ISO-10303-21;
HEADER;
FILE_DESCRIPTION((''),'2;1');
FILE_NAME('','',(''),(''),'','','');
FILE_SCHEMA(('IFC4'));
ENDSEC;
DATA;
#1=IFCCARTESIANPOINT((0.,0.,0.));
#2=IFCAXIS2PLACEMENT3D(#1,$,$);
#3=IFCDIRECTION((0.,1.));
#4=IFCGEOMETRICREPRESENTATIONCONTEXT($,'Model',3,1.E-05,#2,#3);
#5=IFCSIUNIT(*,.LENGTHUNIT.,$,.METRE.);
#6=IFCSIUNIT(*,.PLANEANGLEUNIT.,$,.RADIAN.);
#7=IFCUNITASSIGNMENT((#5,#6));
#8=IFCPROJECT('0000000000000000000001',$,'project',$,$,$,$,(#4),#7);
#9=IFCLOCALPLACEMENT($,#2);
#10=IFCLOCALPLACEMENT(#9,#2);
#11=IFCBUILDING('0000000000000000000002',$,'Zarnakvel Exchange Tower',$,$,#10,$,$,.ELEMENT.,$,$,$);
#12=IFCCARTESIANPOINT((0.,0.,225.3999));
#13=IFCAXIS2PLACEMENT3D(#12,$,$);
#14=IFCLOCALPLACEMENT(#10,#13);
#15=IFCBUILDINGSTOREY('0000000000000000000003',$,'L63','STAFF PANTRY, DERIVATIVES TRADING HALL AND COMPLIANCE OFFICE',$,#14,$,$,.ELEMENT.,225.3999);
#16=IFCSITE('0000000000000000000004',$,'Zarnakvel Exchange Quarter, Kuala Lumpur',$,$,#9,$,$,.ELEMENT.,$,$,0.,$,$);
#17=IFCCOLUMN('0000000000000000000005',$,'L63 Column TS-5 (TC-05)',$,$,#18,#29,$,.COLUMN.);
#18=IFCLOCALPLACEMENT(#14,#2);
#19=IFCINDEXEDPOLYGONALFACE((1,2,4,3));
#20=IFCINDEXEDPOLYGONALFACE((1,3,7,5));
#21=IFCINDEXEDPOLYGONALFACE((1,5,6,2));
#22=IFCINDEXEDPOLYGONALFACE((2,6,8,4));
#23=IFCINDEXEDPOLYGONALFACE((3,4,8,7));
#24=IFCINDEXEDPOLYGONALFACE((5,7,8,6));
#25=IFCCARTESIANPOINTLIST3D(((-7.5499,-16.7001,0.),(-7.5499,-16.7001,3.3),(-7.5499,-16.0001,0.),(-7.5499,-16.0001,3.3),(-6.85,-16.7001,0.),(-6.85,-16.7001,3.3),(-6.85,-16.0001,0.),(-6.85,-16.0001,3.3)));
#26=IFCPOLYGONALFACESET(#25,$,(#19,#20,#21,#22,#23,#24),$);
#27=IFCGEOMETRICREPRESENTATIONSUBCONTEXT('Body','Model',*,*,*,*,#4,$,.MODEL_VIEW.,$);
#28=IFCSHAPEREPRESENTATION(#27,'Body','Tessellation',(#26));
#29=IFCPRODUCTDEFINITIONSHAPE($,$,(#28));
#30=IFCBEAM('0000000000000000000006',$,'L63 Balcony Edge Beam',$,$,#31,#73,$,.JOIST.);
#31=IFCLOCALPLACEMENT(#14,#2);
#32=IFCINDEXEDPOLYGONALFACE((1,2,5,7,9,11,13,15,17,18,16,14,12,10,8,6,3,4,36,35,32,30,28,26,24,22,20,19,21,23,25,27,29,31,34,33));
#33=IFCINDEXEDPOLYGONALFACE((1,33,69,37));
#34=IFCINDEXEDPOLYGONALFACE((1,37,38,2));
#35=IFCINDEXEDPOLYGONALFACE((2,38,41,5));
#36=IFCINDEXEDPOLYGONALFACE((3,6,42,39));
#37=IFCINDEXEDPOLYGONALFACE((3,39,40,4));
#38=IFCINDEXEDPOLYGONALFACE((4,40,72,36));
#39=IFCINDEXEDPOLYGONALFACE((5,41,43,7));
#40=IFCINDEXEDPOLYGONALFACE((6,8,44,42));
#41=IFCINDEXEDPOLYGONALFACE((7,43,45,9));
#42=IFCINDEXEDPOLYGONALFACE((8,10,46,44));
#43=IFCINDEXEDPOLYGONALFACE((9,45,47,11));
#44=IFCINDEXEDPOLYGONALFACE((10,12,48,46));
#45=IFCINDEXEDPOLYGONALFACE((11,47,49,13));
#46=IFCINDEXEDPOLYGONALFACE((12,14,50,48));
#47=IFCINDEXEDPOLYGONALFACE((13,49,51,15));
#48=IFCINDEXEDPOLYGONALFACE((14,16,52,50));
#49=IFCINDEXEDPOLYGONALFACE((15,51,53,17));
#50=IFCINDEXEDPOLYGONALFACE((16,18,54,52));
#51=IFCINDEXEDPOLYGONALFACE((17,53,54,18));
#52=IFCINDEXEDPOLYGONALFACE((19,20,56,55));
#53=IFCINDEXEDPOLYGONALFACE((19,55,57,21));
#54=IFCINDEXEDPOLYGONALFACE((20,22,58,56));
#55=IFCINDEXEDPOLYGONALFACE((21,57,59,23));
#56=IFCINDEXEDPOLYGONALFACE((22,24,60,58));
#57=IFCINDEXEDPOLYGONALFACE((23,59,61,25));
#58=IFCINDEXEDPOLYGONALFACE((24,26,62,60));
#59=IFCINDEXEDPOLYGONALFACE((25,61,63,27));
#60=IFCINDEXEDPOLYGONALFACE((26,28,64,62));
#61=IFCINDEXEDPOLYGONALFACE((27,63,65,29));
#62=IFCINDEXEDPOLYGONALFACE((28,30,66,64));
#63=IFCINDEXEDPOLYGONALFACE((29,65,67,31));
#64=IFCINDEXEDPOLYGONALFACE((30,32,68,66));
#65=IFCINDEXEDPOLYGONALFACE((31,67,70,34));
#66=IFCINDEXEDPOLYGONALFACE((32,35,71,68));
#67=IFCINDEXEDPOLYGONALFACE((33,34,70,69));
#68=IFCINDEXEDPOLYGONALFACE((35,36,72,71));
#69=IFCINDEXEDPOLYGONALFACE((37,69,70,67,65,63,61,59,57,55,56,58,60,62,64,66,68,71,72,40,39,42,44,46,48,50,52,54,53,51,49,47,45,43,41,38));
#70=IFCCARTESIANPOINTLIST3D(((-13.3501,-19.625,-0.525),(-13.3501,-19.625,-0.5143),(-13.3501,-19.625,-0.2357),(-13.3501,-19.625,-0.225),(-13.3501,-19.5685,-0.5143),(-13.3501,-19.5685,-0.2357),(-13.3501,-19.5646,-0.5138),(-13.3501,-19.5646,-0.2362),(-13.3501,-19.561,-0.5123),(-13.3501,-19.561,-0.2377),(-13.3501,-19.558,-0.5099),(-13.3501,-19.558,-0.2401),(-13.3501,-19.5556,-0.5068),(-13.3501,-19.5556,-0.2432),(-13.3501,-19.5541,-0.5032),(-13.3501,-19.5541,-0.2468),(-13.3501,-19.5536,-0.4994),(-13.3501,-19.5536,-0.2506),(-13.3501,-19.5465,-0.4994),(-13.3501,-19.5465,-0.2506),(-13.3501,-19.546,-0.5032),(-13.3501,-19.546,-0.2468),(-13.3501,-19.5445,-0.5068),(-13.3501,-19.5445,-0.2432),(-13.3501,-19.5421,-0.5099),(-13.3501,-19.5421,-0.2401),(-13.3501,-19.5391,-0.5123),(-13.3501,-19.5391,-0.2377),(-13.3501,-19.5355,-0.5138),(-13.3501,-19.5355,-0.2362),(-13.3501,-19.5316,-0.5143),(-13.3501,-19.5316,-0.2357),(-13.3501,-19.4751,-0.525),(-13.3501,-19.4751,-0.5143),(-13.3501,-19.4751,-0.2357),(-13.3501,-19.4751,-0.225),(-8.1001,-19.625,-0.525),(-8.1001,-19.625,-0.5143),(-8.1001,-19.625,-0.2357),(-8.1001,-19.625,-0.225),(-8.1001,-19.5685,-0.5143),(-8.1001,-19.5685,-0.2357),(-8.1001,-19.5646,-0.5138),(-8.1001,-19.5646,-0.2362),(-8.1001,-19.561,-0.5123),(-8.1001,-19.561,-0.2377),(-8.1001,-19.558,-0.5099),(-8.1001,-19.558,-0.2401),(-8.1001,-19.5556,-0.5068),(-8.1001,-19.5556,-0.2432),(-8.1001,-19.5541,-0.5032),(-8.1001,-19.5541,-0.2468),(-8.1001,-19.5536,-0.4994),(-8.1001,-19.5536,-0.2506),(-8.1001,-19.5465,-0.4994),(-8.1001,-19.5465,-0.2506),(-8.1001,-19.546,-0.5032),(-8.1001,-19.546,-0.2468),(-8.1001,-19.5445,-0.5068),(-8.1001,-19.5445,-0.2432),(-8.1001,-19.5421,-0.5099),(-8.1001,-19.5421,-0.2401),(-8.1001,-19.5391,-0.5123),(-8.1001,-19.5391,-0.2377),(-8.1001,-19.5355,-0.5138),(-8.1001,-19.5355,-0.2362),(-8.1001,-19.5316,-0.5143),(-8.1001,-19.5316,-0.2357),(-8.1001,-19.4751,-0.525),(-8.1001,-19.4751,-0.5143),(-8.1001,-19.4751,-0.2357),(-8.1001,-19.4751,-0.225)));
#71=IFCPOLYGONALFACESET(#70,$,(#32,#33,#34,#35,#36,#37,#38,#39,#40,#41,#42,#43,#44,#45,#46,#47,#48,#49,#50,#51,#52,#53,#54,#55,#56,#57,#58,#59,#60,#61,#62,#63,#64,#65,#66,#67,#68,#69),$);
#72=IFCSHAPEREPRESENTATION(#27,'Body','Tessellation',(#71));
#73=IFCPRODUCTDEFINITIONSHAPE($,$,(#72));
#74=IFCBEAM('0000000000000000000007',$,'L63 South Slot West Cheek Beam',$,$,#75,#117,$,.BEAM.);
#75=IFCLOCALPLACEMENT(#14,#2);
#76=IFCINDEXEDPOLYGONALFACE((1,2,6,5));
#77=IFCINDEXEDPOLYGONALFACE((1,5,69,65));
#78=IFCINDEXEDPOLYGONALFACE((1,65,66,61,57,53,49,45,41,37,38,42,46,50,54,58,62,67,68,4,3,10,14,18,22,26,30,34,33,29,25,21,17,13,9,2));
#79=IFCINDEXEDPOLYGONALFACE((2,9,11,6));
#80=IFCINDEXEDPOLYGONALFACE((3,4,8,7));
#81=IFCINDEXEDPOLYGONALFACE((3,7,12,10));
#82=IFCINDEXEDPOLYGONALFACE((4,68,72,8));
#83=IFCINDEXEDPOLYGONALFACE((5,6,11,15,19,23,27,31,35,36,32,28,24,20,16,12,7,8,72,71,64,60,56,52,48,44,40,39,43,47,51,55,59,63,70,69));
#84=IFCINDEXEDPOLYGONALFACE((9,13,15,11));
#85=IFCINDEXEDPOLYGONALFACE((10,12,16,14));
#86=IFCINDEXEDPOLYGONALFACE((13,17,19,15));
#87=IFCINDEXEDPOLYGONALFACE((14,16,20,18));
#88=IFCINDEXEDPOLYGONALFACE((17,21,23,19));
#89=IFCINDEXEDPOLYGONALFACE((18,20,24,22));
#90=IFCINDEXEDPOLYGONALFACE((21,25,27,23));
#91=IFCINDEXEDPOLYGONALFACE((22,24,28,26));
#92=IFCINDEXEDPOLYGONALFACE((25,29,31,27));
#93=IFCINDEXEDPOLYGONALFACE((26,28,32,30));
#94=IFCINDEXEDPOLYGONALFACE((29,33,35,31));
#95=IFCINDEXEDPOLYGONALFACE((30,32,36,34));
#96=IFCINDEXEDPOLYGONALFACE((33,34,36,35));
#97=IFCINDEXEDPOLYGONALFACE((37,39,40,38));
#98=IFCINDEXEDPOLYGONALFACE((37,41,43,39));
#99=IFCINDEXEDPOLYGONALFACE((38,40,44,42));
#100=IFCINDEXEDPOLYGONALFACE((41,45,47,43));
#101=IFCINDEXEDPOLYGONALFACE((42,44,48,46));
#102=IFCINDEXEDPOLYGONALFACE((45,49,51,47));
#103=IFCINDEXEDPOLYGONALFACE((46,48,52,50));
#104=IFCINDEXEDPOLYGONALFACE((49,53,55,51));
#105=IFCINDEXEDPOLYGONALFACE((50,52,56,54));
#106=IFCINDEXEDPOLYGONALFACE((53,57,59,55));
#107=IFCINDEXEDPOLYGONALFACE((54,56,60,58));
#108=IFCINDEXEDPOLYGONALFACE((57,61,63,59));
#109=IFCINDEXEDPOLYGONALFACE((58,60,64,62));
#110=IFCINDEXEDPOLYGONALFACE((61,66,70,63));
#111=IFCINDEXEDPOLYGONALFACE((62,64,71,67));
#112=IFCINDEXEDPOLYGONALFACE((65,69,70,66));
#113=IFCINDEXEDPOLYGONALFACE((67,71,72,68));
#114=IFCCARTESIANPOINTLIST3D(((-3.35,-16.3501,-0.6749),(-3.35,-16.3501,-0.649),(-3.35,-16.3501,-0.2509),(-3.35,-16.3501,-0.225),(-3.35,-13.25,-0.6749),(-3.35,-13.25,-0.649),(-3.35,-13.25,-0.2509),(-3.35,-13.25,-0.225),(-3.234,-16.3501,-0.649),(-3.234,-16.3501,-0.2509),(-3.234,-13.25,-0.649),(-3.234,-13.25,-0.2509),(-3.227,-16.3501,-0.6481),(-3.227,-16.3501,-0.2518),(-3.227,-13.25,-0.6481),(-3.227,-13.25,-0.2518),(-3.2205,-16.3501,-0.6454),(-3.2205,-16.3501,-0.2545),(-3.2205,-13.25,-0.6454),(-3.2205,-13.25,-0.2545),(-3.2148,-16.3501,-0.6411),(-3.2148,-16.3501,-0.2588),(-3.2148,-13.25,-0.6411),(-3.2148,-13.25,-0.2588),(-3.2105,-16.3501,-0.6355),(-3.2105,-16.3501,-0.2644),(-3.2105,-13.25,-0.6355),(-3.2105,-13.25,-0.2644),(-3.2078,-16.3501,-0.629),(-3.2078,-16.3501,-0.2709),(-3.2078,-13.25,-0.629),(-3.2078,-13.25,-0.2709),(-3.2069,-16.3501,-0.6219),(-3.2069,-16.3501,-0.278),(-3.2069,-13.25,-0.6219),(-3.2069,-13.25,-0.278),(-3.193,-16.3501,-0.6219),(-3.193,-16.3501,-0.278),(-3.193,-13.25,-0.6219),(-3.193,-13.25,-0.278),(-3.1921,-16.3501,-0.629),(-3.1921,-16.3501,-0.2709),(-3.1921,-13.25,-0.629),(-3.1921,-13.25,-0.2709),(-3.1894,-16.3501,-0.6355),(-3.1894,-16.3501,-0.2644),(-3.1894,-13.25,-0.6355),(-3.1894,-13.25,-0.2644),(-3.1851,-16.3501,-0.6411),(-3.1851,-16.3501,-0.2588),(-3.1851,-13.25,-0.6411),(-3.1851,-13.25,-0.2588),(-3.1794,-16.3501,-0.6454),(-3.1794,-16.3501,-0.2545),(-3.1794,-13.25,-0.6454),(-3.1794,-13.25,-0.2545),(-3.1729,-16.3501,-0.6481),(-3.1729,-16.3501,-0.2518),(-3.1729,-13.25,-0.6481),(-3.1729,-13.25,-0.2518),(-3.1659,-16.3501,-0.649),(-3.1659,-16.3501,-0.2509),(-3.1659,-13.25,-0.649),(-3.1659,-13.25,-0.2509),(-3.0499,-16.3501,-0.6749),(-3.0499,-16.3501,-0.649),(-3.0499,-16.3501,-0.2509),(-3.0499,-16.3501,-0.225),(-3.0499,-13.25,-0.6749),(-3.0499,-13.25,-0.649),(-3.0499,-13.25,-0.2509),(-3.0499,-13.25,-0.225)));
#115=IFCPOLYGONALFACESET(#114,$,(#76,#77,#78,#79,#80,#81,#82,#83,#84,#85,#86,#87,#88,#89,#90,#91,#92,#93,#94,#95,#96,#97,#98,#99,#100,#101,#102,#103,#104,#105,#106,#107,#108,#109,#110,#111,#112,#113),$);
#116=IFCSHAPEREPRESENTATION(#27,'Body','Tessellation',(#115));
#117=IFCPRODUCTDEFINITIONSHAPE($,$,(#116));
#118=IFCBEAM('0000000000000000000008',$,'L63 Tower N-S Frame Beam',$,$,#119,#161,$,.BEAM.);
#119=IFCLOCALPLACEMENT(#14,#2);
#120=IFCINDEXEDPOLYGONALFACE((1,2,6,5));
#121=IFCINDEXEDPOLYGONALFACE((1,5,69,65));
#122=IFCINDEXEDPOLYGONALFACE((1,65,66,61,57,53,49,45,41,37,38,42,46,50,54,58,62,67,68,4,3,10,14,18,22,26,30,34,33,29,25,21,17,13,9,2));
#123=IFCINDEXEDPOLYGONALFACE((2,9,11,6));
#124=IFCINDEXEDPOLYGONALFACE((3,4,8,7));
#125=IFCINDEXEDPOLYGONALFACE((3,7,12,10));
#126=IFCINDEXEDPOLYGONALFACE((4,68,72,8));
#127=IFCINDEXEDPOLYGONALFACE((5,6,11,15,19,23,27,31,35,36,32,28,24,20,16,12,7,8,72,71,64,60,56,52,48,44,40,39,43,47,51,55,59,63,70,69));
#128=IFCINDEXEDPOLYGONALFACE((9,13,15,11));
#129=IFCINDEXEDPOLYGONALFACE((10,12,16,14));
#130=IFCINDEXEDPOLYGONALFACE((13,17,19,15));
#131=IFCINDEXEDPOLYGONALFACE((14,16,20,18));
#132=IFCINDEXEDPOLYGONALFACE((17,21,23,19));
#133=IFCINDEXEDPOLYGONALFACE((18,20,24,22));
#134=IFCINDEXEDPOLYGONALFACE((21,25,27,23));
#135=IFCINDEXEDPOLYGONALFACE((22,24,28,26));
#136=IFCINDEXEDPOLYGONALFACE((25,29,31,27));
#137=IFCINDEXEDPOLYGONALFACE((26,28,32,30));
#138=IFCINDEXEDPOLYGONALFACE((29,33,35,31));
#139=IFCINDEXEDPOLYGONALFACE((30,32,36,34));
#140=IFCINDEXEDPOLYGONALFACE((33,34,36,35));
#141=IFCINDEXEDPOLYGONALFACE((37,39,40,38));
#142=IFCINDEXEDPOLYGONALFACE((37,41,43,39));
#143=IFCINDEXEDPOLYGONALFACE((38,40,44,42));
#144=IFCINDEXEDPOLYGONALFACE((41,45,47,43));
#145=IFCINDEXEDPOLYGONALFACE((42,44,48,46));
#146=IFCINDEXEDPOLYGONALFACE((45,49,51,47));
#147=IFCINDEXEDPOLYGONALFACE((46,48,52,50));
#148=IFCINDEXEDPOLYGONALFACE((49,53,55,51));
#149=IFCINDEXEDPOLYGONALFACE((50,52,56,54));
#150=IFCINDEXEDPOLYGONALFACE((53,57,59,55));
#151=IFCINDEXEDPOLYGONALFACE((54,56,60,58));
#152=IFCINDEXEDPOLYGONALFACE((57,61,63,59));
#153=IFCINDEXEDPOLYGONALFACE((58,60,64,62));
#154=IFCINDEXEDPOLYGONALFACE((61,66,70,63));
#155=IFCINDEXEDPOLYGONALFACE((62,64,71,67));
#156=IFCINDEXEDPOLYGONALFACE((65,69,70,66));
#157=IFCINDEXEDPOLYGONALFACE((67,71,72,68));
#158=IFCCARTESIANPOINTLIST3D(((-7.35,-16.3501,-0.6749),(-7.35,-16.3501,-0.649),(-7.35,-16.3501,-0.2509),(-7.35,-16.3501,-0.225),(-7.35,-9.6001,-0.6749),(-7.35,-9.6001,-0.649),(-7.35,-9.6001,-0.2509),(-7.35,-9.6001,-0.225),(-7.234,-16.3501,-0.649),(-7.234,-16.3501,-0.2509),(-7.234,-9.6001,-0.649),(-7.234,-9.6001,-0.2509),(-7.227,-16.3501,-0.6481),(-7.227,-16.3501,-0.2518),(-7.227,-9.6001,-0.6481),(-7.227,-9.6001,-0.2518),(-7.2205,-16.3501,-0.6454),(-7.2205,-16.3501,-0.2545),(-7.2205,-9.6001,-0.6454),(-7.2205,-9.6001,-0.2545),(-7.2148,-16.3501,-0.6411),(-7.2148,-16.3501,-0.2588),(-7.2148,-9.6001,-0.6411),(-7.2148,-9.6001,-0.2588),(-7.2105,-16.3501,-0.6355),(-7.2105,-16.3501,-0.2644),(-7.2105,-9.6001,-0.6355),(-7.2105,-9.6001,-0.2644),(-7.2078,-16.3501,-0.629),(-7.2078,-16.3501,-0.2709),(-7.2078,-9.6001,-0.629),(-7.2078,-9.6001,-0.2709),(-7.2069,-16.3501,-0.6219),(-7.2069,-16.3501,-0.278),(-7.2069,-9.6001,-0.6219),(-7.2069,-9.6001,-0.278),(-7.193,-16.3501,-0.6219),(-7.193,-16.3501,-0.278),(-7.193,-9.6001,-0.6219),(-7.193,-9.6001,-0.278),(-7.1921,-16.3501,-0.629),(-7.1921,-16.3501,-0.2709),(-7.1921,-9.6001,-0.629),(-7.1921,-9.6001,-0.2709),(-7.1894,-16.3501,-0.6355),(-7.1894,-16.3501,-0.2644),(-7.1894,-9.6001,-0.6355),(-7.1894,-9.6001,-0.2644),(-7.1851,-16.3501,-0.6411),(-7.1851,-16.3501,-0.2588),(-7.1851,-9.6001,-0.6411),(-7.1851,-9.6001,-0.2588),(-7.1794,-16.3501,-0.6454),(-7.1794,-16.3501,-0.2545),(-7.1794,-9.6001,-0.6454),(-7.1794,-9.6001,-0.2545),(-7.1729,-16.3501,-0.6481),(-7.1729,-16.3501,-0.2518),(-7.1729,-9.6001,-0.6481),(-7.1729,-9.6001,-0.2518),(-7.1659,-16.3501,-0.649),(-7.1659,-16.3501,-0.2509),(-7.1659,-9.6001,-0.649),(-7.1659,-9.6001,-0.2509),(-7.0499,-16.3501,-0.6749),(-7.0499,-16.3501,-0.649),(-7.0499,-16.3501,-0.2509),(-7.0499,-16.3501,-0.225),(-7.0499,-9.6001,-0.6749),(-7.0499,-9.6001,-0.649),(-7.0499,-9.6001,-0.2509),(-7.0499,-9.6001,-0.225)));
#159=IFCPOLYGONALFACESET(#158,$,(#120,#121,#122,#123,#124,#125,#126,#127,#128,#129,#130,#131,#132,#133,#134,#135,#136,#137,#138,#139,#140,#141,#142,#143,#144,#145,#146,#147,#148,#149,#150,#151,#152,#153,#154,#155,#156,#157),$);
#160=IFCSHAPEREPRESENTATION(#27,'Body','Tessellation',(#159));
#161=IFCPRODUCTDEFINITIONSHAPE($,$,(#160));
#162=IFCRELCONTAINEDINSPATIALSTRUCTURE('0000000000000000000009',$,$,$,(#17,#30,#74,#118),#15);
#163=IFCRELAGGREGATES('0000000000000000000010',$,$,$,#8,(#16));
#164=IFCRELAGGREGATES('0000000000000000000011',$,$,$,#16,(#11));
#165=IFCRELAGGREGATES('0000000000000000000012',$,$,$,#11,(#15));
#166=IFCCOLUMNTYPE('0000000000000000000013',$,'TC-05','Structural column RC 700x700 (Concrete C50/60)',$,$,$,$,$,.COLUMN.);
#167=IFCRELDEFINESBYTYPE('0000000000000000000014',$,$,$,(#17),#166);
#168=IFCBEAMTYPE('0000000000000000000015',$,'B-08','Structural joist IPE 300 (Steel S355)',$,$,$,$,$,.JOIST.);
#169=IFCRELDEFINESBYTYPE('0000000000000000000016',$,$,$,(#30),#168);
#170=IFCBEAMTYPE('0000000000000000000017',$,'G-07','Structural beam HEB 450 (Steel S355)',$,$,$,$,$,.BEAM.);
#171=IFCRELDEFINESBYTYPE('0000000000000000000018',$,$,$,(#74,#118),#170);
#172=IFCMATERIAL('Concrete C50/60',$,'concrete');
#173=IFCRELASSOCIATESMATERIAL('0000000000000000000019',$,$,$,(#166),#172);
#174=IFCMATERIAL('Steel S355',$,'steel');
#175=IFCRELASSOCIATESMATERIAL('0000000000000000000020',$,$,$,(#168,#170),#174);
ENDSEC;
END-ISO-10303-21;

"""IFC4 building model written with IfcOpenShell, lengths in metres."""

from ifc_helpers import new_model, si_unit, direction, frame, origin, origin_2d, place, context, subcontext, project, spatial, rectangle, i_section, extrude, material, material_profile, profile_set, type_object, element, save


model = new_model("IFC4")

# Units and contexts
model_context = context("Model", 3, precision=1e-05, world=origin(), true_north=direction((0.0, 1.0)))
body_context = subcontext(model_context, "Body", "Model", "MODEL_VIEW")
ifc_project = project(units=[si_unit("LENGTHUNIT", "METRE"), si_unit("PLANEANGLEUNIT", "RADIAN")], contexts=[model_context])

# Site, building, storey
site_placement = place(None, origin())
site = spatial("IfcSite", under=ifc_project, at=site_placement, Name="Zarnakvel Exchange Quarter, Kuala Lumpur", CompositionType="ELEMENT", RefElevation=0.0)
building_placement = place(site_placement, origin())
building = spatial("IfcBuilding", under=site, at=building_placement, Name="Zarnakvel Exchange Tower", CompositionType="ELEMENT")
storey_placement = place(building_placement, frame((0.0, 0.0, 225.3999)))
storey = spatial("IfcBuildingStorey", under=building, at=storey_placement, Name="L63", Description="STAFF PANTRY, DERIVATIVES TRADING HALL AND COMPLIANCE OFFICE", CompositionType="ELEMENT", Elevation=225.3999)

# Column
ifc_material_1 = material(Name="Concrete C50/60", Category="concrete")
ifc_material_profile_1 = material_profile(ifc_material_1, rectangle(XDim=0.7, YDim=0.7, at=origin_2d()))
ifc_profile_set_1 = profile_set([ifc_material_profile_1], Name="Concrete C50/60")
column_type = type_object("IfcColumnType", Name="TC-05", Description="Structural column RC 700x700 (Concrete C50/60)", PredefinedType="COLUMN", material=ifc_profile_set_1)
column_placement = place(storey_placement, frame((-7.2, -16.3501, 0.0), z_axis=(0.0, 0.0, 1.0), x_axis=(1.0, 0.0, 0.0)))
element("IfcColumn", 1, at=column_placement, inside=storey, type_object=column_type, Name="L63 Column TS-5 (TC-05)", PredefinedType="COLUMN", context=body_context, shape_type="SweptSolid", body=[
    extrude(rectangle(XDim=0.7, YDim=0.7, at=origin_2d()), origin(), (0.0, 0.0, 1.0), 3.3),
])

# Beams
ifc_material_2 = material(Name="Steel S355", Category="steel")
ifc_material_profile_2 = material_profile(ifc_material_2, i_section(OverallWidth=0.1499, OverallDepth=0.3, WebThickness=0.0071, FlangeThickness=0.0107, FilletRadius=0.0149, at=origin_2d()))
ifc_profile_set_2 = profile_set([ifc_material_profile_2], Name="Steel S355")
beam_type_1 = type_object("IfcBeamType", Name="B-08", Description="Structural joist IPE 300 (Steel S355)", PredefinedType="JOIST", material=ifc_profile_set_2)
beam_1_placement = place(storey_placement, frame((-13.3501, -19.55, -0.375), z_axis=(1.0, 0.0, 0.0), x_axis=(0.0, 1.0, 0.0)))
element("IfcBeam", 2, at=beam_1_placement, inside=storey, type_object=beam_type_1, Name="L63 Balcony Edge Beam", PredefinedType="JOIST", context=body_context, shape_type="SweptSolid", body=[
    extrude(i_section(OverallWidth=0.1499, OverallDepth=0.3, WebThickness=0.0071, FlangeThickness=0.0107, FilletRadius=0.0149, at=origin_2d()), origin(), (0.0, 0.0, 1.0), 5.25),
])
ifc_material_profile_3 = material_profile(ifc_material_2, i_section(OverallWidth=0.3, OverallDepth=0.45, WebThickness=0.0139, FlangeThickness=0.0259, FilletRadius=0.0271, at=origin_2d()))
ifc_profile_set_3 = profile_set([ifc_material_profile_3], Name="Steel S355")
beam_type_2 = type_object("IfcBeamType", Name="G-07", Description="Structural beam HEB 450 (Steel S355)", PredefinedType="BEAM", material=ifc_profile_set_3)
beam_2_placement = place(storey_placement, frame((-3.2, -16.3501, -0.45), z_axis=(0.0, 1.0, 0.0), x_axis=(-1.0, 0.0, 0.0)))
element("IfcBeam", 3, at=beam_2_placement, inside=storey, type_object=beam_type_2, Name="L63 South Slot West Cheek Beam", PredefinedType="BEAM", context=body_context, shape_type="SweptSolid", body=[
    extrude(i_section(OverallWidth=0.3, OverallDepth=0.45, WebThickness=0.0139, FlangeThickness=0.0259, FilletRadius=0.0271, at=origin_2d()), origin(), (0.0, 0.0, 1.0), 3.1001),
])
beam_3_placement = place(storey_placement, frame((-7.2, -16.3501, -0.45), z_axis=(0.0, 1.0, 0.0), x_axis=(-1.0, 0.0, 0.0)))
element("IfcBeam", 4, at=beam_3_placement, inside=storey, type_object=beam_type_2, Name="L63 Tower N-S Frame Beam", PredefinedType="BEAM", context=body_context, shape_type="SweptSolid", body=[
    extrude(i_section(OverallWidth=0.3, OverallDepth=0.45, WebThickness=0.0139, FlangeThickness=0.0259, FilletRadius=0.0271, at=origin_2d()), origin(), (0.0, 0.0, 1.0), 6.75),
])

save(model, "model.ifc")
